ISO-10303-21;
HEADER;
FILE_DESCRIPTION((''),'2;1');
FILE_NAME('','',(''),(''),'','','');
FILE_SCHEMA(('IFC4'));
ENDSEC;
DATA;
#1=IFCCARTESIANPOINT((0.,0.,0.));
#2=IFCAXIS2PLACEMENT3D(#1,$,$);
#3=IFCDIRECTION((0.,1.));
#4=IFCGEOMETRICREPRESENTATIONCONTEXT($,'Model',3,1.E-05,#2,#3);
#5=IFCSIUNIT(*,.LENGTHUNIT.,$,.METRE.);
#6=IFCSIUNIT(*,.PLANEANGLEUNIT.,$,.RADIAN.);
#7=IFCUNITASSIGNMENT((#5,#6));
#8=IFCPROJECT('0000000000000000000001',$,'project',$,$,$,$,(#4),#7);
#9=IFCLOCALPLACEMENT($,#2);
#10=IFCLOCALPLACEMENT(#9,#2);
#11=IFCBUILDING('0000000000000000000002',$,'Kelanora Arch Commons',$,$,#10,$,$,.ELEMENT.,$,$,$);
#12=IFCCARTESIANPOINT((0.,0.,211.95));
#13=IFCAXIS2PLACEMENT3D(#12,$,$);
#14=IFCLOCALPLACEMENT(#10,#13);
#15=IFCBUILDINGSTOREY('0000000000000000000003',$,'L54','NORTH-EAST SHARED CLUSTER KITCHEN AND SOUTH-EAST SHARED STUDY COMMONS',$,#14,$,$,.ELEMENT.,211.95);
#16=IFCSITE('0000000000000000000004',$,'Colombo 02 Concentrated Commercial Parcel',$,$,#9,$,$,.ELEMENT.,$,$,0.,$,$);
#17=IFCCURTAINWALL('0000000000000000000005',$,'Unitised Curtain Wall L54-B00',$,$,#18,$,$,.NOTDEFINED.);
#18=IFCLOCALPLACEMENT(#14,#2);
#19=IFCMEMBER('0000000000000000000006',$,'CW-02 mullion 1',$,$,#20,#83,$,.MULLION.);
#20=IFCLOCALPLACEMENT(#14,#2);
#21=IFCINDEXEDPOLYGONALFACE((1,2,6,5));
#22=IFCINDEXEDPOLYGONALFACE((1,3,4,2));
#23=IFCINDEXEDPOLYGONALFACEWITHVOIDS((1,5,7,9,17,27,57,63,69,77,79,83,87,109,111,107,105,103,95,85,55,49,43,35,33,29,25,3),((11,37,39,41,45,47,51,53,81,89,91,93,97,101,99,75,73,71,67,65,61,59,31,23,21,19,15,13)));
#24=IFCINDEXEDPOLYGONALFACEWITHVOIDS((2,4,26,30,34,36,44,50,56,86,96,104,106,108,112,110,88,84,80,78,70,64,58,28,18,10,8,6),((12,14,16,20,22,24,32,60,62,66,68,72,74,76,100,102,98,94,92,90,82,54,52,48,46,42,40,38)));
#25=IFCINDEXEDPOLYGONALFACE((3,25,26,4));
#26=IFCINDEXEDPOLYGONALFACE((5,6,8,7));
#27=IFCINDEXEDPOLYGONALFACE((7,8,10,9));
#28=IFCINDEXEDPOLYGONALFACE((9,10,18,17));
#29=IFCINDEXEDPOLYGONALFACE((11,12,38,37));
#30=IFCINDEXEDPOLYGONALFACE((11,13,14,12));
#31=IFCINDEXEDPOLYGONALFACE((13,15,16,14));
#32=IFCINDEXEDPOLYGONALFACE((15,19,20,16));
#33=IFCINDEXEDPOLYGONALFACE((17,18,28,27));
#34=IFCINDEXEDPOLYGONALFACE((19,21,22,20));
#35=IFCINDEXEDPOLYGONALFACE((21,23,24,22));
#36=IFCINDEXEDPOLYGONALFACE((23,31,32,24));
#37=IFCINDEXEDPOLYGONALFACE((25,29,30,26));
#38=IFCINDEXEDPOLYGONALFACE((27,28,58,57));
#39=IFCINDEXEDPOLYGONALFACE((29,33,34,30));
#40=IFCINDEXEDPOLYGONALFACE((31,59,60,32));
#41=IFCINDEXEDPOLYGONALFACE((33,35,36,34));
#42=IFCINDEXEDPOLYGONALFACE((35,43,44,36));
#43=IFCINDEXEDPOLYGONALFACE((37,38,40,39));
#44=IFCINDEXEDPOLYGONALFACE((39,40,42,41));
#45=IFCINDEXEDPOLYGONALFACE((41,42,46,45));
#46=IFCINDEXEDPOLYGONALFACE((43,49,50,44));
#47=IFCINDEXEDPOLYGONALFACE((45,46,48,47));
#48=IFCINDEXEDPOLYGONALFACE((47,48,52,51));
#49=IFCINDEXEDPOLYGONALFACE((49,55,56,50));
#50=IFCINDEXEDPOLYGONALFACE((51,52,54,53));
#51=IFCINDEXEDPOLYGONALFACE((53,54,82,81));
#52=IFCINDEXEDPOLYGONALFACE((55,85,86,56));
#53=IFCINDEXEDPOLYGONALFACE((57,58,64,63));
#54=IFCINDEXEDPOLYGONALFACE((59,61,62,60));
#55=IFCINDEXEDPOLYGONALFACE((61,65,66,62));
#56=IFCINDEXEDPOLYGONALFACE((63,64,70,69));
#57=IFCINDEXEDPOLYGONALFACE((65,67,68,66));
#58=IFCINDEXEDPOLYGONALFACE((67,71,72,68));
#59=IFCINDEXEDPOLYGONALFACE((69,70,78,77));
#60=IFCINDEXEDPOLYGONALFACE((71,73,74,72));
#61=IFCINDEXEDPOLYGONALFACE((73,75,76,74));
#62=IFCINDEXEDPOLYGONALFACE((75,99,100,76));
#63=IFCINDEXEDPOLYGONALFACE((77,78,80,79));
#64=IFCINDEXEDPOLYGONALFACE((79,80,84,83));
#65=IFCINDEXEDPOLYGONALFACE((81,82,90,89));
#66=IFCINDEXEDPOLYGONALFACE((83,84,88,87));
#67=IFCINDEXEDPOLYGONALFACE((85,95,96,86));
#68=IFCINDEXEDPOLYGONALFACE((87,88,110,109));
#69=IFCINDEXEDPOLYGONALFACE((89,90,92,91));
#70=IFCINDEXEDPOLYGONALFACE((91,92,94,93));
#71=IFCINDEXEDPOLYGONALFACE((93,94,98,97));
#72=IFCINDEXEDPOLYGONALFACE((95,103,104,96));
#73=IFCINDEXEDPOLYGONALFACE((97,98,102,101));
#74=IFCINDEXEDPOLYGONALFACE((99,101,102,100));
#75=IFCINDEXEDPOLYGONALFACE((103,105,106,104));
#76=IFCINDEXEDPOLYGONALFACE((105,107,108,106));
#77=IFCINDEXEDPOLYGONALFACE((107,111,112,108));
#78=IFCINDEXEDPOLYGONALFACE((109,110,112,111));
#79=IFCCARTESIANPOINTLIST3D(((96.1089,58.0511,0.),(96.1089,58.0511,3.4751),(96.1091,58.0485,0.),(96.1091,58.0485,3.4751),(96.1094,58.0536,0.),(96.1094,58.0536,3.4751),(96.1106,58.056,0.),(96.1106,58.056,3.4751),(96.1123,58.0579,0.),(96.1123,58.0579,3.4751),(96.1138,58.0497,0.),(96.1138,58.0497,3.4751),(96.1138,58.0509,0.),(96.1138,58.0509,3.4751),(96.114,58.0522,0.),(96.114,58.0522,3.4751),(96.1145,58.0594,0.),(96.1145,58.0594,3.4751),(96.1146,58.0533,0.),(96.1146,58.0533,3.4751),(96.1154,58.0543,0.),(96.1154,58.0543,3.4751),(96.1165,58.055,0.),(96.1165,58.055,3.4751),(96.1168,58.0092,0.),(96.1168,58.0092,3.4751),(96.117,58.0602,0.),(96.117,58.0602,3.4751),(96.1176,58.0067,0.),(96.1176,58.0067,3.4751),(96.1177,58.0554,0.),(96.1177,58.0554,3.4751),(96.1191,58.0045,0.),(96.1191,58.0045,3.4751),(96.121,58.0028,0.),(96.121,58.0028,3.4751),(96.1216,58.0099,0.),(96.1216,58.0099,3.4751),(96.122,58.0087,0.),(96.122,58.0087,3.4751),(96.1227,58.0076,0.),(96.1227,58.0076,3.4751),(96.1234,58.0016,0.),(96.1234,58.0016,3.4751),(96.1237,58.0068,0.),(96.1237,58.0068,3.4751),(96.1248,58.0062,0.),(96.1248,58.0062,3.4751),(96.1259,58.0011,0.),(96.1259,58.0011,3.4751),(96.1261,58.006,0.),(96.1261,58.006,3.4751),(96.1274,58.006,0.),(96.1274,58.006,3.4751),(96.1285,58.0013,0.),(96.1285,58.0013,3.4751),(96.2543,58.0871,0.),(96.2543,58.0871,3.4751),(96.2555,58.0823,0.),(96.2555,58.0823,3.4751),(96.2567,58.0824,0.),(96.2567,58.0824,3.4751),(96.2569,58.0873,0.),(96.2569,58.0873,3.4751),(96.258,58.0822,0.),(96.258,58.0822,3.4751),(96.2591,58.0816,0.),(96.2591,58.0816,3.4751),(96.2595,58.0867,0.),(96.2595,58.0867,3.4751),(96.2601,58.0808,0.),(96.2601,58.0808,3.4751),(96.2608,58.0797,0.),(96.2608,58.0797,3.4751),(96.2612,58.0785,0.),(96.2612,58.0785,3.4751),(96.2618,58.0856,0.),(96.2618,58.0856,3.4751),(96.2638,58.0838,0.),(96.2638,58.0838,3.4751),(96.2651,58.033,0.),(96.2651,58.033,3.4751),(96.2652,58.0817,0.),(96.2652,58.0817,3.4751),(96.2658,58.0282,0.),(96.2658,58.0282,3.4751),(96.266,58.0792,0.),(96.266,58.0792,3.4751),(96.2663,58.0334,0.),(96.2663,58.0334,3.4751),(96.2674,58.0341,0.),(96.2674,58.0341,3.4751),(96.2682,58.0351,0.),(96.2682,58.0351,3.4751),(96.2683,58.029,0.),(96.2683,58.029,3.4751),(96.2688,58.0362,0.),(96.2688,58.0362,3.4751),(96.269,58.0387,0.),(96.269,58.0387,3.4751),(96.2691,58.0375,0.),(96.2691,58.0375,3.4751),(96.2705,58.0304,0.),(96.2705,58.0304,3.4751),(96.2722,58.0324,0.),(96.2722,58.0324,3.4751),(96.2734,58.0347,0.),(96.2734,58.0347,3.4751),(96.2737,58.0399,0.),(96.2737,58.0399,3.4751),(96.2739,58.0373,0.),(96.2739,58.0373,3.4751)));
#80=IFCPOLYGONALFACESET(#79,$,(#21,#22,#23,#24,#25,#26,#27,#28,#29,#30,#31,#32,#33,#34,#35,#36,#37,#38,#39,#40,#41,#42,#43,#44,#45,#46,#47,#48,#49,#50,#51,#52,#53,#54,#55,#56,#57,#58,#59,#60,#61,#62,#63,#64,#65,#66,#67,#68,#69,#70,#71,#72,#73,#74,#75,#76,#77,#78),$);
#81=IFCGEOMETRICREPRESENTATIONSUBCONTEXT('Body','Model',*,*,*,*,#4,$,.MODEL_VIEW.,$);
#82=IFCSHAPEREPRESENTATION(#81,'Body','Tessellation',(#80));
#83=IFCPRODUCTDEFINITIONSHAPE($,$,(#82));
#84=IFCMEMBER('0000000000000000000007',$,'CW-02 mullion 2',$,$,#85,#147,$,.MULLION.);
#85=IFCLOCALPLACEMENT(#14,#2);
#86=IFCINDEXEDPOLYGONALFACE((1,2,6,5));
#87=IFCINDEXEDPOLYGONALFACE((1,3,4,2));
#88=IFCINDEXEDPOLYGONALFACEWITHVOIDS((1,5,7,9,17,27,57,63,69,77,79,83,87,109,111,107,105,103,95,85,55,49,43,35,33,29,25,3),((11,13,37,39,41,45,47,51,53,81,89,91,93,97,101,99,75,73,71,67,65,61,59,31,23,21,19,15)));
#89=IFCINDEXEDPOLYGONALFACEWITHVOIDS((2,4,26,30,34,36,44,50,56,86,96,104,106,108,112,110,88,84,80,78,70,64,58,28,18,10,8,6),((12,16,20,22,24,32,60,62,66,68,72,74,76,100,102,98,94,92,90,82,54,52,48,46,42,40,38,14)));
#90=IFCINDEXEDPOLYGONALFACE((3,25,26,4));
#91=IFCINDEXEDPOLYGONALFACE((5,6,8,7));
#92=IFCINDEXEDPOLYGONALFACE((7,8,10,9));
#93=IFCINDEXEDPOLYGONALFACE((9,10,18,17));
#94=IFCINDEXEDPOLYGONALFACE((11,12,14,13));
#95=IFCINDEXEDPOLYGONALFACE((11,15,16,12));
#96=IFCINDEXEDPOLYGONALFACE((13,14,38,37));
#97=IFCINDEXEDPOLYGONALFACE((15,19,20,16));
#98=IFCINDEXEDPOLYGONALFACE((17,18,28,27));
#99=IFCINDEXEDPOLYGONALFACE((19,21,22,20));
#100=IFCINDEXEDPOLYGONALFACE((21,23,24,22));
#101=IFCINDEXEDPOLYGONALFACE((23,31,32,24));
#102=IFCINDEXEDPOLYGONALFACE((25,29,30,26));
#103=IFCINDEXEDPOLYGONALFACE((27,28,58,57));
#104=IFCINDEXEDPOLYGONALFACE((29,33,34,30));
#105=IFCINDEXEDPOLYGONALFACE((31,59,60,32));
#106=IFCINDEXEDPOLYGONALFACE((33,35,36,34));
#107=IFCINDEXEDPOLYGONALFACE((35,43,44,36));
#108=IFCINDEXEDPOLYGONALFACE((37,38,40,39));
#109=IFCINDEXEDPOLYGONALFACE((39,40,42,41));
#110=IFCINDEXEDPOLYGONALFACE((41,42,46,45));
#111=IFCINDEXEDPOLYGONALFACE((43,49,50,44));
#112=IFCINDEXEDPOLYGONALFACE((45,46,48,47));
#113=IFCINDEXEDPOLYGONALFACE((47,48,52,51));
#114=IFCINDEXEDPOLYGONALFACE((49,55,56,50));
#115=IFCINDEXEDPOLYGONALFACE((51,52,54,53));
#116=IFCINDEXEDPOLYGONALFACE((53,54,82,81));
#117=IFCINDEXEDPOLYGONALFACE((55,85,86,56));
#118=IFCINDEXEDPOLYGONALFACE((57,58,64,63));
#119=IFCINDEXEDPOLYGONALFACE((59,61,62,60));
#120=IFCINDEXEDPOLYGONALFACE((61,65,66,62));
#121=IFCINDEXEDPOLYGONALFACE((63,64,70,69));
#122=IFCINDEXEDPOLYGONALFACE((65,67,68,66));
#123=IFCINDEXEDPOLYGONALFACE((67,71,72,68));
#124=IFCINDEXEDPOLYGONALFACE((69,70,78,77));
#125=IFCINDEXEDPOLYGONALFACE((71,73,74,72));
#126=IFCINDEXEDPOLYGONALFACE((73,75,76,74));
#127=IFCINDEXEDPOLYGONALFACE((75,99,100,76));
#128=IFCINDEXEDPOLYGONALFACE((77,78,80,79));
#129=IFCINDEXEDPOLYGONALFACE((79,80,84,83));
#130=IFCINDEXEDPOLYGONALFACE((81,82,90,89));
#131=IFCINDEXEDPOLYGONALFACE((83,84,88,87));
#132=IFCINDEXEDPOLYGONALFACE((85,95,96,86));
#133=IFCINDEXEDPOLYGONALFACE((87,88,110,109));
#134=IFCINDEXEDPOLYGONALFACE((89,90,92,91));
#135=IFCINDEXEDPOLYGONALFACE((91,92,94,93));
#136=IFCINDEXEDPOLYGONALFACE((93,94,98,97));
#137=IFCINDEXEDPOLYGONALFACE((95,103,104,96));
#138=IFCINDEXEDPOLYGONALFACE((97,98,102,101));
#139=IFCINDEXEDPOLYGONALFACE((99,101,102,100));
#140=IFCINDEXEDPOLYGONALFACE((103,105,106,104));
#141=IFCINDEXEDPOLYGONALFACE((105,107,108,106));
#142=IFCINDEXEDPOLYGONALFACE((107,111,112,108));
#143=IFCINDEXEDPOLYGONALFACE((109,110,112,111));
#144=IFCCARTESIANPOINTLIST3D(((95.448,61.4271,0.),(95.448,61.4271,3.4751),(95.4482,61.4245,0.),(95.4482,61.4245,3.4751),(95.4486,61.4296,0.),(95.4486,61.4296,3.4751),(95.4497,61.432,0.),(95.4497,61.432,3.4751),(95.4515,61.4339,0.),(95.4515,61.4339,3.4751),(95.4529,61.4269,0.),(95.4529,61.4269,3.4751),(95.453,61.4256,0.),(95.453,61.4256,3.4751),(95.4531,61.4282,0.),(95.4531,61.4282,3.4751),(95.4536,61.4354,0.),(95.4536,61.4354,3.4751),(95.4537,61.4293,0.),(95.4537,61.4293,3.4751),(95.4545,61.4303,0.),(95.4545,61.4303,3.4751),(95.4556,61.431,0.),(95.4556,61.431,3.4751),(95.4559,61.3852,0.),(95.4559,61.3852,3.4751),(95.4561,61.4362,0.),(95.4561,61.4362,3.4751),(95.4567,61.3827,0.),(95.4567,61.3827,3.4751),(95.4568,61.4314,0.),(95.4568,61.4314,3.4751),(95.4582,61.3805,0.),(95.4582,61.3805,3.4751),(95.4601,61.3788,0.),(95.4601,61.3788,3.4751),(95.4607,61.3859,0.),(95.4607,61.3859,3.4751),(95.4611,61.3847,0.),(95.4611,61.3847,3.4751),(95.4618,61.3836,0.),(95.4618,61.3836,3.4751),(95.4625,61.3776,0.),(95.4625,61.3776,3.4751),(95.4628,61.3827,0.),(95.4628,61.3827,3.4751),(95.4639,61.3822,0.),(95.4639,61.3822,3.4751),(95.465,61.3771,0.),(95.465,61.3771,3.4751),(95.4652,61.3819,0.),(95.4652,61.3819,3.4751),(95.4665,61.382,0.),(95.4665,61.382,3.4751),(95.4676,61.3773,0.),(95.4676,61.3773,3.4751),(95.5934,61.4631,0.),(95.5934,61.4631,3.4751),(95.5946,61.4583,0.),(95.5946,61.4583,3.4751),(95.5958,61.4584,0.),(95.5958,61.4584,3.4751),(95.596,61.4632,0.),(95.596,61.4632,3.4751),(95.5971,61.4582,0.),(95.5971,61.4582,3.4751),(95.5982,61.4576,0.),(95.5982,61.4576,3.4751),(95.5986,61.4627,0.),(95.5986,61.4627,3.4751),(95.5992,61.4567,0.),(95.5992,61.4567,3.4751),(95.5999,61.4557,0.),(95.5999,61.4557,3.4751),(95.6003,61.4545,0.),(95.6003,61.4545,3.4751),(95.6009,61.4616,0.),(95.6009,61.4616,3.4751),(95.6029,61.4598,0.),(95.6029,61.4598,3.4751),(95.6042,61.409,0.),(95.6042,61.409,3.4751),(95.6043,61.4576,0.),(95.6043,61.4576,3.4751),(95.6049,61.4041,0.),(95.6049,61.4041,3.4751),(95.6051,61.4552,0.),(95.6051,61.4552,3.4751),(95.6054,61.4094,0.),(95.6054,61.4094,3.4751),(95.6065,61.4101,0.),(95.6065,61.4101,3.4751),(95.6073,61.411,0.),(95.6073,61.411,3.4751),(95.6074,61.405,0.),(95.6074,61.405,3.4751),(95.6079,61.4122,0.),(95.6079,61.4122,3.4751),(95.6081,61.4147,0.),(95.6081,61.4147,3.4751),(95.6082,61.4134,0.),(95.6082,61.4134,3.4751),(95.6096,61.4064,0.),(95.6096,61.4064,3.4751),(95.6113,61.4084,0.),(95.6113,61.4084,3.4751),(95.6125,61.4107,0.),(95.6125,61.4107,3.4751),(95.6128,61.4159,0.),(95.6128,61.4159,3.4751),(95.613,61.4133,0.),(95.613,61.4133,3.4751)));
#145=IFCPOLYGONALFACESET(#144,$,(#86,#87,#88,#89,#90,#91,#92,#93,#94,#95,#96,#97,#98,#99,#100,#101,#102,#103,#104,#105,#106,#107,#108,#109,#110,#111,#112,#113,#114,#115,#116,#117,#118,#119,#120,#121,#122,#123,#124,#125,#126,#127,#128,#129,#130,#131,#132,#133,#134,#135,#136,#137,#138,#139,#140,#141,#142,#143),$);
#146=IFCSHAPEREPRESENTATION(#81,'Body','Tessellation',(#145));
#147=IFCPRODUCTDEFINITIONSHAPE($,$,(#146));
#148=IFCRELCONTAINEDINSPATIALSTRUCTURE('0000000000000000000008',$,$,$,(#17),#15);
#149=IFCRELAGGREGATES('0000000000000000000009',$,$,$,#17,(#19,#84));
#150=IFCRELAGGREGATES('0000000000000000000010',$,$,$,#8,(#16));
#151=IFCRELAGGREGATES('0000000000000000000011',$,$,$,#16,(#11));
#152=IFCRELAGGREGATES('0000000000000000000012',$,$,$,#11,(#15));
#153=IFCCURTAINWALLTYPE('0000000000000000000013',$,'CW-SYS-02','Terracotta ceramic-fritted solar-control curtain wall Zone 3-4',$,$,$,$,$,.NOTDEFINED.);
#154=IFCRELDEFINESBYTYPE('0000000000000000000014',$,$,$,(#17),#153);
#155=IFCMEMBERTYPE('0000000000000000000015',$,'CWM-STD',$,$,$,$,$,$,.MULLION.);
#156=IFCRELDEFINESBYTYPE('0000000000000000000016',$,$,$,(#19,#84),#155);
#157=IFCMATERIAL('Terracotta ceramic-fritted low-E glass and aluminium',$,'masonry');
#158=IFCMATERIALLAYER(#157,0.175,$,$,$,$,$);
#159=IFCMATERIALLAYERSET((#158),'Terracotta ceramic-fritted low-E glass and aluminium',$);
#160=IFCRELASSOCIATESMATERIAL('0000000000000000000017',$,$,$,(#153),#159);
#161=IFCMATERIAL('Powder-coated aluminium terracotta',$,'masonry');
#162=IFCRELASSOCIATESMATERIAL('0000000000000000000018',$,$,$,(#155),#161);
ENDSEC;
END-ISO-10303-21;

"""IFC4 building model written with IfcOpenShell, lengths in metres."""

from ifc_helpers import new_model, si_unit, direction, frame, origin, origin_2d, place, context, subcontext, project, spatial, hollow_rectangle, extrude, material, layer, layer_set, material_profile, profile_set, type_object, element, aggregate, save


model = new_model("IFC4")

# Units and contexts
model_context = context("Model", 3, precision=1e-05, world=origin(), true_north=direction((0.0, 1.0)))
body_context = subcontext(model_context, "Body", "Model", "MODEL_VIEW")
ifc_project = project(units=[si_unit("LENGTHUNIT", "METRE"), si_unit("PLANEANGLEUNIT", "RADIAN")], contexts=[model_context])

# Site, building, storey
site_placement = place(None, origin())
site = spatial("IfcSite", under=ifc_project, at=site_placement, Name="Colombo 02 Concentrated Commercial Parcel", CompositionType="ELEMENT", RefElevation=0.0)
building_placement = place(site_placement, origin())
building = spatial("IfcBuilding", under=site, at=building_placement, Name="Kelanora Arch Commons", CompositionType="ELEMENT")
storey_placement = place(building_placement, frame((0.0, 0.0, 211.95)))
storey = spatial("IfcBuildingStorey", under=building, at=storey_placement, Name="L54", Description="NORTH-EAST SHARED CLUSTER KITCHEN AND SOUTH-EAST SHARED STUDY COMMONS", CompositionType="ELEMENT", Elevation=211.95)

# Curtain wall, members
ifc_material_1 = material(Name="Terracotta ceramic-fritted low-E glass and aluminium", Category="masonry")
ifc_layer_1 = layer(ifc_material_1, 0.175)
ifc_layer_set_1 = layer_set([ifc_layer_1], Name="Terracotta ceramic-fritted low-E glass and aluminium")
curtain_wall_type = type_object("IfcCurtainWallType", Name="CW-SYS-02", Description="Terracotta ceramic-fritted solar-control curtain wall Zone 3-4", PredefinedType="NOTDEFINED", material=ifc_layer_set_1)
curtain_wall_placement = place(storey_placement, origin())
curtain_wall = element("IfcCurtainWall", 1, at=curtain_wall_placement, inside=storey, type_object=curtain_wall_type, Name="Unitised Curtain Wall L54-B00", PredefinedType="NOTDEFINED")
ifc_material_2 = material(Name="Powder-coated aluminium terracotta", Category="masonry")
ifc_material_profile_1 = material_profile(ifc_material_2, hollow_rectangle(XDim=0.1599, YDim=0.0601, WallThickness=0.0049, InnerFilletRadius=0.0049, OuterFilletRadius=0.01, at=origin_2d()), Name="CWM160x60")
ifc_profile_set_1 = profile_set([ifc_material_profile_1], Name="Powder-coated aluminium terracotta")
member_type_1 = type_object("IfcMemberType", Name="CWM-STD", PredefinedType="MULLION", material=ifc_profile_set_1)
member_1_placement = place(storey_placement, frame((96.1914, 58.0442, 0.0), z_axis=(0.0, 0.0, 1.0), x_axis=(-0.981381, -0.192069, 0.0)))
member_1 = element("IfcMember", 2, at=member_1_placement, type_object=member_type_1, Name="CW-02 mullion 1", PredefinedType="MULLION", context=body_context, shape_type="SweptSolid", body=[
    extrude(hollow_rectangle(XDim=0.1599, YDim=0.0601, WallThickness=0.0049, InnerFilletRadius=0.0049, OuterFilletRadius=0.01, at=origin_2d()), origin(), (0.0, 0.0, 1.0), 3.4751),
])
member_2_placement = place(storey_placement, frame((95.5305, 61.4202, 0.0), z_axis=(0.0, 0.0, 1.0), x_axis=(-0.981381, -0.192069, 0.0)))
member_2 = element("IfcMember", 3, at=member_2_placement, type_object=member_type_1, Name="CW-02 mullion 2", PredefinedType="MULLION", context=body_context, shape_type="SweptSolid", body=[
    extrude(hollow_rectangle(XDim=0.1599, YDim=0.0601, WallThickness=0.0049, InnerFilletRadius=0.0049, OuterFilletRadius=0.01, at=origin_2d()), origin(), (0.0, 0.0, 1.0), 3.4751),
])
aggregate(curtain_wall, [member_1, member_2])

save(model, "model.ifc")
